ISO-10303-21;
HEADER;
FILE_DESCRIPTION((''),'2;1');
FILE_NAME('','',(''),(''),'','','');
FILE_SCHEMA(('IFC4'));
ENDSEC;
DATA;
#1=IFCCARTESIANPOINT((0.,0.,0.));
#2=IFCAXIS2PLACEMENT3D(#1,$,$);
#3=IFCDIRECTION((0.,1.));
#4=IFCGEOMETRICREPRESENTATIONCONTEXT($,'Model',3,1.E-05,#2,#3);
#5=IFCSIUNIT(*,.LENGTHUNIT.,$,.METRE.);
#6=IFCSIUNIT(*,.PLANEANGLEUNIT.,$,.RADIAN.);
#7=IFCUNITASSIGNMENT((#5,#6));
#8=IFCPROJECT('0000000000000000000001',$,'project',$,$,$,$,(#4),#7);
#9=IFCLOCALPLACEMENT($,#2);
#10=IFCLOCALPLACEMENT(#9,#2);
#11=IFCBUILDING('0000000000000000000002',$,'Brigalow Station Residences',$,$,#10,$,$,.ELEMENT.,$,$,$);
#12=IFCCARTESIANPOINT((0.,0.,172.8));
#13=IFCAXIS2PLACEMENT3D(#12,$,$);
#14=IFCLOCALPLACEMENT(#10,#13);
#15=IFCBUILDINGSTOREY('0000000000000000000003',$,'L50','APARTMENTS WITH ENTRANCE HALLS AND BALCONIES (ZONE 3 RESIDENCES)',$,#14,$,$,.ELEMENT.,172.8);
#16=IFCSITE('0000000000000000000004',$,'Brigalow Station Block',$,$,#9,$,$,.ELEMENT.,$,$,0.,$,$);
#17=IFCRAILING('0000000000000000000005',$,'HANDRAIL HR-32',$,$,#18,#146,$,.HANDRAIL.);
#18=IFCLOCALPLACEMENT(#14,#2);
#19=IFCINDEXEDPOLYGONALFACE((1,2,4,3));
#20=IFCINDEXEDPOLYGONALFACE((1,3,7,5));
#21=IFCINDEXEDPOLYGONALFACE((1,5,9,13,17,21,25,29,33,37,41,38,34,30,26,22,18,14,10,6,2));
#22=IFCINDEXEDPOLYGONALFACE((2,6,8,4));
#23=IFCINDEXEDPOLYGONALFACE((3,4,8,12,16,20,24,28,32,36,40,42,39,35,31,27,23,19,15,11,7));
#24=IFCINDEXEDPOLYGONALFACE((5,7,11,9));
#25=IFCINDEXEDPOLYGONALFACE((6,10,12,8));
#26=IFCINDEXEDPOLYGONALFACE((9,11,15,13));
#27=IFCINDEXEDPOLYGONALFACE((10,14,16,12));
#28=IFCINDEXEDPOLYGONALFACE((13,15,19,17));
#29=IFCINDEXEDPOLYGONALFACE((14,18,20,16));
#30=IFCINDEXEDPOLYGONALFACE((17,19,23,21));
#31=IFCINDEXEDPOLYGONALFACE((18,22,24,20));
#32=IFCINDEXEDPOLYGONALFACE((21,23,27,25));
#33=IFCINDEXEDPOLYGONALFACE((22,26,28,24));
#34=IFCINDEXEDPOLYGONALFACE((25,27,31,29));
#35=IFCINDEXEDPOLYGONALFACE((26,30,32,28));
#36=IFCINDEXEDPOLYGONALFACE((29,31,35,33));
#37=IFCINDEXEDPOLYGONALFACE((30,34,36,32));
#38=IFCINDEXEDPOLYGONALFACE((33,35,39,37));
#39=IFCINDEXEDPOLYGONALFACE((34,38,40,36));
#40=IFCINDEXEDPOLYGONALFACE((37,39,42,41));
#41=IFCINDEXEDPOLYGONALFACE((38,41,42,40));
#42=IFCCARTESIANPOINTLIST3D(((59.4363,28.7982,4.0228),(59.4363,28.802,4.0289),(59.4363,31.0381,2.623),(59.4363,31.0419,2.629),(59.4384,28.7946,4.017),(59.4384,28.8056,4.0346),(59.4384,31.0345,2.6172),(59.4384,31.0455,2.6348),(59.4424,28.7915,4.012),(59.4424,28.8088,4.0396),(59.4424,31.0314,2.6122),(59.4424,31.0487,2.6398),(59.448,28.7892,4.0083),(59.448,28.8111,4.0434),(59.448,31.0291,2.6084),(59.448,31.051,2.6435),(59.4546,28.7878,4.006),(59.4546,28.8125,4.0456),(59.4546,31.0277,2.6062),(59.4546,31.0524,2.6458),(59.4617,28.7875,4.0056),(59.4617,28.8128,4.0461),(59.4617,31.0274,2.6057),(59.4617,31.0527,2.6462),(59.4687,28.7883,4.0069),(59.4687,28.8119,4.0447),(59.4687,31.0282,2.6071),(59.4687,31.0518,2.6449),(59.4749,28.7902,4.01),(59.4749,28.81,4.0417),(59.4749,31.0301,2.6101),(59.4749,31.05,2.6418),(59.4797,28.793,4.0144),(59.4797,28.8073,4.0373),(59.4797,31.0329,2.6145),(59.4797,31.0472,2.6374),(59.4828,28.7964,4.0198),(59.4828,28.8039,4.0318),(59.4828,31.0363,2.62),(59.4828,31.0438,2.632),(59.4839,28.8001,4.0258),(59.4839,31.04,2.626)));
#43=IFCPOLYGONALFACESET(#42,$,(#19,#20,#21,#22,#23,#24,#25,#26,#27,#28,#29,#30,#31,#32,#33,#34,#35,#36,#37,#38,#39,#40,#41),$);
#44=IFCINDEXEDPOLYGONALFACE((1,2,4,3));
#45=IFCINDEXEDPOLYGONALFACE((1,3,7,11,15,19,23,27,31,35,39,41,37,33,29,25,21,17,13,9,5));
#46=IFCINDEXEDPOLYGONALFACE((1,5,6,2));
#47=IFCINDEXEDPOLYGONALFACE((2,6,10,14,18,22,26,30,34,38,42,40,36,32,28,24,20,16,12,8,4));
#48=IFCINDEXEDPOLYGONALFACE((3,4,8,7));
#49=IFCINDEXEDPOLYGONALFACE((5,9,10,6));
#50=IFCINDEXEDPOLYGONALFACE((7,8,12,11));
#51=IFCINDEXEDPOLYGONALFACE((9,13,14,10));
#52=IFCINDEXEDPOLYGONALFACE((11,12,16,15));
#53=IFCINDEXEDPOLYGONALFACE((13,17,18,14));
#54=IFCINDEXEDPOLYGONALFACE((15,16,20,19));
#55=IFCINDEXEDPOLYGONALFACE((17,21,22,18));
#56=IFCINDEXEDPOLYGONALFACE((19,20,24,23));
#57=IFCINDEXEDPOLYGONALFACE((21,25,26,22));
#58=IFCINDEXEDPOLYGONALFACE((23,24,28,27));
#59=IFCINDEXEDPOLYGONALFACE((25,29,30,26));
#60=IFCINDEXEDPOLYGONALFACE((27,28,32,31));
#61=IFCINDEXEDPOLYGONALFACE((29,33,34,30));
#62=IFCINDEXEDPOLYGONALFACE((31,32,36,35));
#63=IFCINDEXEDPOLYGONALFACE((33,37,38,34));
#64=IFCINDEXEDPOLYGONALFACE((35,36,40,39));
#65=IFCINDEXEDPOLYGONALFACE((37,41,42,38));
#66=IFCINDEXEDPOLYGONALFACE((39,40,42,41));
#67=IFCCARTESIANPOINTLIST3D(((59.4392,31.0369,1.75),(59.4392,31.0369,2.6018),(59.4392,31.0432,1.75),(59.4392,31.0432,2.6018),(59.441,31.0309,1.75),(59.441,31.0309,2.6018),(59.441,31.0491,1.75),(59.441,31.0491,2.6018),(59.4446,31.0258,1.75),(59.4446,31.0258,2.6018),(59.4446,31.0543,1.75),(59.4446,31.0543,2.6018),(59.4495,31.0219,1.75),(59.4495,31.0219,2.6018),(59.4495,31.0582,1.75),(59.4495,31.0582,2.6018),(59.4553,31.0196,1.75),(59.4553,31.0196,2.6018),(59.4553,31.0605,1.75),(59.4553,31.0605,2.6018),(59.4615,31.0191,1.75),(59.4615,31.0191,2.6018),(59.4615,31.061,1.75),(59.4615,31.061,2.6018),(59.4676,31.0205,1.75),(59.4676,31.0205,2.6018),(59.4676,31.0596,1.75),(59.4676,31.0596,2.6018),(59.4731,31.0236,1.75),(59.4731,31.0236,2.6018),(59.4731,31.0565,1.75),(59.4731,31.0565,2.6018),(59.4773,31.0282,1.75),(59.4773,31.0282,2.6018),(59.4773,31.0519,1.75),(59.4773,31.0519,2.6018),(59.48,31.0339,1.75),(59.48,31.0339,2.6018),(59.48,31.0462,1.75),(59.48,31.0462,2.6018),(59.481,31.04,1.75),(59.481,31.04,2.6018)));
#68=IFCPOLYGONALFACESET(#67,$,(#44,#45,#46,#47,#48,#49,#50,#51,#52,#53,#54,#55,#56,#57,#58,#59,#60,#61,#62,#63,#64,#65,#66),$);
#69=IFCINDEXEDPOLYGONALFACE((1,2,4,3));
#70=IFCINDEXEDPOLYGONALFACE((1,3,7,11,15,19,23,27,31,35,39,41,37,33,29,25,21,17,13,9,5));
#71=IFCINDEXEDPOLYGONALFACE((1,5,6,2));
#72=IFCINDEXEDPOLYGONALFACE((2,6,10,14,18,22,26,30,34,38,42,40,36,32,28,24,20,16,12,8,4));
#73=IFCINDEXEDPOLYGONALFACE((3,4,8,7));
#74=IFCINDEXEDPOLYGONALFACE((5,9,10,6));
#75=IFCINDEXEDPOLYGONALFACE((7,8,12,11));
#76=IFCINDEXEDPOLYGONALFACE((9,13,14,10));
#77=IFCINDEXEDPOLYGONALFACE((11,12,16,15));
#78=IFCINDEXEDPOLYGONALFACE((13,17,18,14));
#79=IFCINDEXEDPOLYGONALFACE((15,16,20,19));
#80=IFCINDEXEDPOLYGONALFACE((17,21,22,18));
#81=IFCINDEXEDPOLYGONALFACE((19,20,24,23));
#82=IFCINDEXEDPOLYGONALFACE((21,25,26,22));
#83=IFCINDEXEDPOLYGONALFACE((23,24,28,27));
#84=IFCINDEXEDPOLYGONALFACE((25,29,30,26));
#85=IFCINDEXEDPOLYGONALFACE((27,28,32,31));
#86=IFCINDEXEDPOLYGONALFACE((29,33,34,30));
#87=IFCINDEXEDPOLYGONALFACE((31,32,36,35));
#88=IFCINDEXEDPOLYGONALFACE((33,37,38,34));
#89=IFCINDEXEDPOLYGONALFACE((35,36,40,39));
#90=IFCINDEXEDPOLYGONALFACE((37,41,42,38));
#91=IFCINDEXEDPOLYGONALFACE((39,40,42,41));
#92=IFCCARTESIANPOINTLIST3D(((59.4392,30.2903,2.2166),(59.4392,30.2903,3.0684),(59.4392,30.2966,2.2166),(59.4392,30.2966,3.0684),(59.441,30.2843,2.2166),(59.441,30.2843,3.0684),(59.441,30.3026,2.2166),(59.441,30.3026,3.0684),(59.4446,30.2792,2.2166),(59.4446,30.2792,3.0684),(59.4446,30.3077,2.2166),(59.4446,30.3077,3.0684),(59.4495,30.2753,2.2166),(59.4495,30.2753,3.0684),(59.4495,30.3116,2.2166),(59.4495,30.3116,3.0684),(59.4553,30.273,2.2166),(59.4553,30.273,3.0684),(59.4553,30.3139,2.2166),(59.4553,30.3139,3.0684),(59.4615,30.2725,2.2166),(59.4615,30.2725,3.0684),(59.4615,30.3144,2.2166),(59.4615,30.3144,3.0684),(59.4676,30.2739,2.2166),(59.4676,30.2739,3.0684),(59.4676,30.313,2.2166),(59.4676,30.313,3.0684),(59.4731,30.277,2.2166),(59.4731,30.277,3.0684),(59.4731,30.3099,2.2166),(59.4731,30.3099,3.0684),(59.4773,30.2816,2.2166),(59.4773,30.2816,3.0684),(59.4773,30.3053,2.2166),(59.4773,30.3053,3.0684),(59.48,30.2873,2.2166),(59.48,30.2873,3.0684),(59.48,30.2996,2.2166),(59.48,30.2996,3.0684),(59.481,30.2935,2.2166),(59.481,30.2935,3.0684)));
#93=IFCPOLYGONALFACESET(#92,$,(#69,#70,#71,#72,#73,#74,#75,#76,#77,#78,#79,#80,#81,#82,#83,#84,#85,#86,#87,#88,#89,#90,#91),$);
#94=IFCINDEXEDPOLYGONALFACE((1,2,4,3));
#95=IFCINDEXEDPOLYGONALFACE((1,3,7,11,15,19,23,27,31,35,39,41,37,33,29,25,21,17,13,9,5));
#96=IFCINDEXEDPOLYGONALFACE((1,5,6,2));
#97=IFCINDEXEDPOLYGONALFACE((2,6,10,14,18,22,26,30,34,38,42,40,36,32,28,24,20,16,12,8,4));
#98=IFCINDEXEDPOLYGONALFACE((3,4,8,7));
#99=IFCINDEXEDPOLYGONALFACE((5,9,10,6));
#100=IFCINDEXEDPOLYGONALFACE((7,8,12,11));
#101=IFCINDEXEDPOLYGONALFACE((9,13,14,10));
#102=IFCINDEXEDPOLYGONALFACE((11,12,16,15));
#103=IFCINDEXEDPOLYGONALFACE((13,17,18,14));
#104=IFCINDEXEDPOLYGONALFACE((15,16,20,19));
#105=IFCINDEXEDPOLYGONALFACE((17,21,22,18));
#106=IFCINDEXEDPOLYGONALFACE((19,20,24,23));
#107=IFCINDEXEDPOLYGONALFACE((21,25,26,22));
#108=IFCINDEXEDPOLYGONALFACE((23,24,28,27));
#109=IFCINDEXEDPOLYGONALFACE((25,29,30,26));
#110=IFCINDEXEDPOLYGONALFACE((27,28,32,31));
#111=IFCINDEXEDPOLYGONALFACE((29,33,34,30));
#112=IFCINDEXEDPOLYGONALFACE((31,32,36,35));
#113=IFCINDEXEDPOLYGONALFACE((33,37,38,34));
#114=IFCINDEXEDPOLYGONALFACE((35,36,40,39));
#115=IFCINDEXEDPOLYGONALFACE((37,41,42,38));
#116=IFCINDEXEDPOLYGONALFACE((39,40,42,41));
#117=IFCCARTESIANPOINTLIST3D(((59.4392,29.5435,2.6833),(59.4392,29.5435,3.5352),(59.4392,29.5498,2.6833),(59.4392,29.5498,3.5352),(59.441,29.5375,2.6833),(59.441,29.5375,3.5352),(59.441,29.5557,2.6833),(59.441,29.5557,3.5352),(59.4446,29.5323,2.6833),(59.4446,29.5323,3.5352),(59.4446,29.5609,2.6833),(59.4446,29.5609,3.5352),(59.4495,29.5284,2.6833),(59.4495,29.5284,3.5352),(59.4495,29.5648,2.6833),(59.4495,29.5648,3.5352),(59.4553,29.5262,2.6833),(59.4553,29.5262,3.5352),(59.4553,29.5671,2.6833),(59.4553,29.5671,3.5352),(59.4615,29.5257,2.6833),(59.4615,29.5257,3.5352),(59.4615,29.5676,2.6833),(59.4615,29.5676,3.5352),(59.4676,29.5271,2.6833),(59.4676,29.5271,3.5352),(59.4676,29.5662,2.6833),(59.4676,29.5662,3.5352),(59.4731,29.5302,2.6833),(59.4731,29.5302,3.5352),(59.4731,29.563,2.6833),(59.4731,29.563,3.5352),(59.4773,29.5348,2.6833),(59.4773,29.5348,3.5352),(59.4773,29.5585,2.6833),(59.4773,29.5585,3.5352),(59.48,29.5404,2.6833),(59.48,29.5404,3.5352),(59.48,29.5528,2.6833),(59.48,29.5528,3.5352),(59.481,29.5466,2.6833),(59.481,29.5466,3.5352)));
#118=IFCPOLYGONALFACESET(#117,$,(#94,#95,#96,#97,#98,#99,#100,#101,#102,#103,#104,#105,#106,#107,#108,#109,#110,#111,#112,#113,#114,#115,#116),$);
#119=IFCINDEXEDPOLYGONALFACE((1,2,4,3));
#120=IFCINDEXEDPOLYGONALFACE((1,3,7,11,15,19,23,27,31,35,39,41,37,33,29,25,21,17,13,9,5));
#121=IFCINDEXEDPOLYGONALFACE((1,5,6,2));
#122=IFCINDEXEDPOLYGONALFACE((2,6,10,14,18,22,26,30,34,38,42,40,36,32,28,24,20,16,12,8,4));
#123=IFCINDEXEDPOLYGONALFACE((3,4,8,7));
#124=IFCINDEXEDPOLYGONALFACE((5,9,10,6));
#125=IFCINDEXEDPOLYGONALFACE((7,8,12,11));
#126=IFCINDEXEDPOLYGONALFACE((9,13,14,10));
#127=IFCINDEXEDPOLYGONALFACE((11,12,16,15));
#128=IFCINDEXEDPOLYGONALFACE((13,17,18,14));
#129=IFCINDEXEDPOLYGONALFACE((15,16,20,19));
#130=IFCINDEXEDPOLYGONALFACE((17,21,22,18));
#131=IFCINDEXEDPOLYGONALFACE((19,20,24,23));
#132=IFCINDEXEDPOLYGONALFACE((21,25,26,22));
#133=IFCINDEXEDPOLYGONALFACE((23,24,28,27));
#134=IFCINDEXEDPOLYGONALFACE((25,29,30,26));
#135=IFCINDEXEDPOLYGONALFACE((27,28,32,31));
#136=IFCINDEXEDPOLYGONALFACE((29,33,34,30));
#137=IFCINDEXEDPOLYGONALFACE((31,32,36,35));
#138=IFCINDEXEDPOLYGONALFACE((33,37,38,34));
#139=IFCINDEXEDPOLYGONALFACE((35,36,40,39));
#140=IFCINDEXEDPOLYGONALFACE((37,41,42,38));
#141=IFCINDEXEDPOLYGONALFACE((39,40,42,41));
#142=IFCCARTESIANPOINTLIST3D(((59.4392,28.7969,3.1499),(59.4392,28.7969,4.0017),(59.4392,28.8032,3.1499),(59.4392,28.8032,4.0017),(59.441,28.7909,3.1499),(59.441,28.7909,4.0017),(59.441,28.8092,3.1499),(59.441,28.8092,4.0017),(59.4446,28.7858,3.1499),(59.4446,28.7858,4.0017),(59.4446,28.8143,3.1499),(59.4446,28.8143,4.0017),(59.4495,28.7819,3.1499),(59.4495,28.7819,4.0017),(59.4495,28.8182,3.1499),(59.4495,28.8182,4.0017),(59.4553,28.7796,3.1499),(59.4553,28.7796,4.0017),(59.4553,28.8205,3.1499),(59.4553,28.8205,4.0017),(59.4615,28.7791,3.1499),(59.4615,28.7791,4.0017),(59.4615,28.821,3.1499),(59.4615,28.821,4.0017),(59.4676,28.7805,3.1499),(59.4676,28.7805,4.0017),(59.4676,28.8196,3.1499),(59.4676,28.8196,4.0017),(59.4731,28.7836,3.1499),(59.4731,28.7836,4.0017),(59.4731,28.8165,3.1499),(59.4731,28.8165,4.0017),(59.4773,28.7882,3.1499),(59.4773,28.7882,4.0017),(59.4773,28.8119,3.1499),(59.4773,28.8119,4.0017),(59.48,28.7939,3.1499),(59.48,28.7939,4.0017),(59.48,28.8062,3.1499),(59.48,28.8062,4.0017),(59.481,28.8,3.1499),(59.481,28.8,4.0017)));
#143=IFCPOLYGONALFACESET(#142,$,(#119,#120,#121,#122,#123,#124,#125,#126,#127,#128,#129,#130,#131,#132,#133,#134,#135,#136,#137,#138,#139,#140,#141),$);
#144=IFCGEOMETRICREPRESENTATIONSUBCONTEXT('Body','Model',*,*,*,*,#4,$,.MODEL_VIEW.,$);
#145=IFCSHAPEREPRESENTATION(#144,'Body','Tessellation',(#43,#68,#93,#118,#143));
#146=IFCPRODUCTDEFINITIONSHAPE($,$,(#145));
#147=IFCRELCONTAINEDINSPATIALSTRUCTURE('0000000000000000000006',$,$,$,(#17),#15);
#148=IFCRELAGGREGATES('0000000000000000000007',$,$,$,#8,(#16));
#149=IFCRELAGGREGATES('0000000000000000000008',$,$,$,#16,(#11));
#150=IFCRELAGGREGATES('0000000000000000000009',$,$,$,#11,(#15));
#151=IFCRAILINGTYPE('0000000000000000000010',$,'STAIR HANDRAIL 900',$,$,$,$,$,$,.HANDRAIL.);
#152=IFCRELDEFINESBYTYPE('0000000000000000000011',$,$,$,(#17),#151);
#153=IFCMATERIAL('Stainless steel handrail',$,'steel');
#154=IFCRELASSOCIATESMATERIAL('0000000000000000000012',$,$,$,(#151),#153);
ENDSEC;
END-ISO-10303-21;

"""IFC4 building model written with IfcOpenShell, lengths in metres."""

from ifc_helpers import new_model, si_unit, direction, frame, origin, origin_2d, place, context, subcontext, project, spatial, circle, extrude, material, type_object, element, save


model = new_model("IFC4")

# Units and contexts
model_context = context("Model", 3, precision=1e-05, world=origin(), true_north=direction((0.0, 1.0)))
body_context = subcontext(model_context, "Body", "Model", "MODEL_VIEW")
ifc_project = project(units=[si_unit("LENGTHUNIT", "METRE"), si_unit("PLANEANGLEUNIT", "RADIAN")], contexts=[model_context])

# Site, building, storey
site_placement = place(None, origin())
site = spatial("IfcSite", under=ifc_project, at=site_placement, Name="Brigalow Station Block", CompositionType="ELEMENT", RefElevation=0.0)
building_placement = place(site_placement, origin())
building = spatial("IfcBuilding", under=site, at=building_placement, Name="Brigalow Station Residences", CompositionType="ELEMENT")
storey_placement = place(building_placement, frame((0.0, 0.0, 172.8)))
storey = spatial("IfcBuildingStorey", under=building, at=storey_placement, Name="L50", Description="APARTMENTS WITH ENTRANCE HALLS AND BALCONIES (ZONE 3 RESIDENCES)", CompositionType="ELEMENT", Elevation=172.8)

# Railing
ifc_material_1 = material(Name="Stainless steel handrail", Category="steel")
railing_type_1 = type_object("IfcRailingType", Name="STAIR HANDRAIL 900", PredefinedType="HANDRAIL", material=ifc_material_1)
railing_1_placement = place(storey_placement, frame((59.46, 31.04, 1.75)))
element("IfcRailing", 1, at=railing_1_placement, inside=storey, type_object=railing_type_1, Name="HANDRAIL HR-32", PredefinedType="HANDRAIL", context=body_context, shape_type="SweptSolid", body=[
    extrude(circle(Radius=0.0239, at=origin_2d()), frame((0.0, 0.0, 0.876), z_axis=(0.0, -0.848014, 0.529974), x_axis=(1.0, 0.0, 0.0)), (0.0, 0.0, 1.0), 2.6414),
    extrude(circle(Radius=0.021, at=origin_2d()), origin(), (0.0, 0.0, 1.0), 0.8518),
    extrude(circle(Radius=0.021, at=origin_2d()), frame((0.0, -0.7466, 0.4666)), (0.0, 0.0, 1.0), 0.8518),
    extrude(circle(Radius=0.021, at=origin_2d()), frame((0.0, -1.4934, 0.9333)), (0.0, 0.0, 1.0), 0.8518),
    extrude(circle(Radius=0.021, at=origin_2d()), frame((0.0, -2.24, 1.3999)), (0.0, 0.0, 1.0), 0.8518),
])

save(model, "model.ifc")
